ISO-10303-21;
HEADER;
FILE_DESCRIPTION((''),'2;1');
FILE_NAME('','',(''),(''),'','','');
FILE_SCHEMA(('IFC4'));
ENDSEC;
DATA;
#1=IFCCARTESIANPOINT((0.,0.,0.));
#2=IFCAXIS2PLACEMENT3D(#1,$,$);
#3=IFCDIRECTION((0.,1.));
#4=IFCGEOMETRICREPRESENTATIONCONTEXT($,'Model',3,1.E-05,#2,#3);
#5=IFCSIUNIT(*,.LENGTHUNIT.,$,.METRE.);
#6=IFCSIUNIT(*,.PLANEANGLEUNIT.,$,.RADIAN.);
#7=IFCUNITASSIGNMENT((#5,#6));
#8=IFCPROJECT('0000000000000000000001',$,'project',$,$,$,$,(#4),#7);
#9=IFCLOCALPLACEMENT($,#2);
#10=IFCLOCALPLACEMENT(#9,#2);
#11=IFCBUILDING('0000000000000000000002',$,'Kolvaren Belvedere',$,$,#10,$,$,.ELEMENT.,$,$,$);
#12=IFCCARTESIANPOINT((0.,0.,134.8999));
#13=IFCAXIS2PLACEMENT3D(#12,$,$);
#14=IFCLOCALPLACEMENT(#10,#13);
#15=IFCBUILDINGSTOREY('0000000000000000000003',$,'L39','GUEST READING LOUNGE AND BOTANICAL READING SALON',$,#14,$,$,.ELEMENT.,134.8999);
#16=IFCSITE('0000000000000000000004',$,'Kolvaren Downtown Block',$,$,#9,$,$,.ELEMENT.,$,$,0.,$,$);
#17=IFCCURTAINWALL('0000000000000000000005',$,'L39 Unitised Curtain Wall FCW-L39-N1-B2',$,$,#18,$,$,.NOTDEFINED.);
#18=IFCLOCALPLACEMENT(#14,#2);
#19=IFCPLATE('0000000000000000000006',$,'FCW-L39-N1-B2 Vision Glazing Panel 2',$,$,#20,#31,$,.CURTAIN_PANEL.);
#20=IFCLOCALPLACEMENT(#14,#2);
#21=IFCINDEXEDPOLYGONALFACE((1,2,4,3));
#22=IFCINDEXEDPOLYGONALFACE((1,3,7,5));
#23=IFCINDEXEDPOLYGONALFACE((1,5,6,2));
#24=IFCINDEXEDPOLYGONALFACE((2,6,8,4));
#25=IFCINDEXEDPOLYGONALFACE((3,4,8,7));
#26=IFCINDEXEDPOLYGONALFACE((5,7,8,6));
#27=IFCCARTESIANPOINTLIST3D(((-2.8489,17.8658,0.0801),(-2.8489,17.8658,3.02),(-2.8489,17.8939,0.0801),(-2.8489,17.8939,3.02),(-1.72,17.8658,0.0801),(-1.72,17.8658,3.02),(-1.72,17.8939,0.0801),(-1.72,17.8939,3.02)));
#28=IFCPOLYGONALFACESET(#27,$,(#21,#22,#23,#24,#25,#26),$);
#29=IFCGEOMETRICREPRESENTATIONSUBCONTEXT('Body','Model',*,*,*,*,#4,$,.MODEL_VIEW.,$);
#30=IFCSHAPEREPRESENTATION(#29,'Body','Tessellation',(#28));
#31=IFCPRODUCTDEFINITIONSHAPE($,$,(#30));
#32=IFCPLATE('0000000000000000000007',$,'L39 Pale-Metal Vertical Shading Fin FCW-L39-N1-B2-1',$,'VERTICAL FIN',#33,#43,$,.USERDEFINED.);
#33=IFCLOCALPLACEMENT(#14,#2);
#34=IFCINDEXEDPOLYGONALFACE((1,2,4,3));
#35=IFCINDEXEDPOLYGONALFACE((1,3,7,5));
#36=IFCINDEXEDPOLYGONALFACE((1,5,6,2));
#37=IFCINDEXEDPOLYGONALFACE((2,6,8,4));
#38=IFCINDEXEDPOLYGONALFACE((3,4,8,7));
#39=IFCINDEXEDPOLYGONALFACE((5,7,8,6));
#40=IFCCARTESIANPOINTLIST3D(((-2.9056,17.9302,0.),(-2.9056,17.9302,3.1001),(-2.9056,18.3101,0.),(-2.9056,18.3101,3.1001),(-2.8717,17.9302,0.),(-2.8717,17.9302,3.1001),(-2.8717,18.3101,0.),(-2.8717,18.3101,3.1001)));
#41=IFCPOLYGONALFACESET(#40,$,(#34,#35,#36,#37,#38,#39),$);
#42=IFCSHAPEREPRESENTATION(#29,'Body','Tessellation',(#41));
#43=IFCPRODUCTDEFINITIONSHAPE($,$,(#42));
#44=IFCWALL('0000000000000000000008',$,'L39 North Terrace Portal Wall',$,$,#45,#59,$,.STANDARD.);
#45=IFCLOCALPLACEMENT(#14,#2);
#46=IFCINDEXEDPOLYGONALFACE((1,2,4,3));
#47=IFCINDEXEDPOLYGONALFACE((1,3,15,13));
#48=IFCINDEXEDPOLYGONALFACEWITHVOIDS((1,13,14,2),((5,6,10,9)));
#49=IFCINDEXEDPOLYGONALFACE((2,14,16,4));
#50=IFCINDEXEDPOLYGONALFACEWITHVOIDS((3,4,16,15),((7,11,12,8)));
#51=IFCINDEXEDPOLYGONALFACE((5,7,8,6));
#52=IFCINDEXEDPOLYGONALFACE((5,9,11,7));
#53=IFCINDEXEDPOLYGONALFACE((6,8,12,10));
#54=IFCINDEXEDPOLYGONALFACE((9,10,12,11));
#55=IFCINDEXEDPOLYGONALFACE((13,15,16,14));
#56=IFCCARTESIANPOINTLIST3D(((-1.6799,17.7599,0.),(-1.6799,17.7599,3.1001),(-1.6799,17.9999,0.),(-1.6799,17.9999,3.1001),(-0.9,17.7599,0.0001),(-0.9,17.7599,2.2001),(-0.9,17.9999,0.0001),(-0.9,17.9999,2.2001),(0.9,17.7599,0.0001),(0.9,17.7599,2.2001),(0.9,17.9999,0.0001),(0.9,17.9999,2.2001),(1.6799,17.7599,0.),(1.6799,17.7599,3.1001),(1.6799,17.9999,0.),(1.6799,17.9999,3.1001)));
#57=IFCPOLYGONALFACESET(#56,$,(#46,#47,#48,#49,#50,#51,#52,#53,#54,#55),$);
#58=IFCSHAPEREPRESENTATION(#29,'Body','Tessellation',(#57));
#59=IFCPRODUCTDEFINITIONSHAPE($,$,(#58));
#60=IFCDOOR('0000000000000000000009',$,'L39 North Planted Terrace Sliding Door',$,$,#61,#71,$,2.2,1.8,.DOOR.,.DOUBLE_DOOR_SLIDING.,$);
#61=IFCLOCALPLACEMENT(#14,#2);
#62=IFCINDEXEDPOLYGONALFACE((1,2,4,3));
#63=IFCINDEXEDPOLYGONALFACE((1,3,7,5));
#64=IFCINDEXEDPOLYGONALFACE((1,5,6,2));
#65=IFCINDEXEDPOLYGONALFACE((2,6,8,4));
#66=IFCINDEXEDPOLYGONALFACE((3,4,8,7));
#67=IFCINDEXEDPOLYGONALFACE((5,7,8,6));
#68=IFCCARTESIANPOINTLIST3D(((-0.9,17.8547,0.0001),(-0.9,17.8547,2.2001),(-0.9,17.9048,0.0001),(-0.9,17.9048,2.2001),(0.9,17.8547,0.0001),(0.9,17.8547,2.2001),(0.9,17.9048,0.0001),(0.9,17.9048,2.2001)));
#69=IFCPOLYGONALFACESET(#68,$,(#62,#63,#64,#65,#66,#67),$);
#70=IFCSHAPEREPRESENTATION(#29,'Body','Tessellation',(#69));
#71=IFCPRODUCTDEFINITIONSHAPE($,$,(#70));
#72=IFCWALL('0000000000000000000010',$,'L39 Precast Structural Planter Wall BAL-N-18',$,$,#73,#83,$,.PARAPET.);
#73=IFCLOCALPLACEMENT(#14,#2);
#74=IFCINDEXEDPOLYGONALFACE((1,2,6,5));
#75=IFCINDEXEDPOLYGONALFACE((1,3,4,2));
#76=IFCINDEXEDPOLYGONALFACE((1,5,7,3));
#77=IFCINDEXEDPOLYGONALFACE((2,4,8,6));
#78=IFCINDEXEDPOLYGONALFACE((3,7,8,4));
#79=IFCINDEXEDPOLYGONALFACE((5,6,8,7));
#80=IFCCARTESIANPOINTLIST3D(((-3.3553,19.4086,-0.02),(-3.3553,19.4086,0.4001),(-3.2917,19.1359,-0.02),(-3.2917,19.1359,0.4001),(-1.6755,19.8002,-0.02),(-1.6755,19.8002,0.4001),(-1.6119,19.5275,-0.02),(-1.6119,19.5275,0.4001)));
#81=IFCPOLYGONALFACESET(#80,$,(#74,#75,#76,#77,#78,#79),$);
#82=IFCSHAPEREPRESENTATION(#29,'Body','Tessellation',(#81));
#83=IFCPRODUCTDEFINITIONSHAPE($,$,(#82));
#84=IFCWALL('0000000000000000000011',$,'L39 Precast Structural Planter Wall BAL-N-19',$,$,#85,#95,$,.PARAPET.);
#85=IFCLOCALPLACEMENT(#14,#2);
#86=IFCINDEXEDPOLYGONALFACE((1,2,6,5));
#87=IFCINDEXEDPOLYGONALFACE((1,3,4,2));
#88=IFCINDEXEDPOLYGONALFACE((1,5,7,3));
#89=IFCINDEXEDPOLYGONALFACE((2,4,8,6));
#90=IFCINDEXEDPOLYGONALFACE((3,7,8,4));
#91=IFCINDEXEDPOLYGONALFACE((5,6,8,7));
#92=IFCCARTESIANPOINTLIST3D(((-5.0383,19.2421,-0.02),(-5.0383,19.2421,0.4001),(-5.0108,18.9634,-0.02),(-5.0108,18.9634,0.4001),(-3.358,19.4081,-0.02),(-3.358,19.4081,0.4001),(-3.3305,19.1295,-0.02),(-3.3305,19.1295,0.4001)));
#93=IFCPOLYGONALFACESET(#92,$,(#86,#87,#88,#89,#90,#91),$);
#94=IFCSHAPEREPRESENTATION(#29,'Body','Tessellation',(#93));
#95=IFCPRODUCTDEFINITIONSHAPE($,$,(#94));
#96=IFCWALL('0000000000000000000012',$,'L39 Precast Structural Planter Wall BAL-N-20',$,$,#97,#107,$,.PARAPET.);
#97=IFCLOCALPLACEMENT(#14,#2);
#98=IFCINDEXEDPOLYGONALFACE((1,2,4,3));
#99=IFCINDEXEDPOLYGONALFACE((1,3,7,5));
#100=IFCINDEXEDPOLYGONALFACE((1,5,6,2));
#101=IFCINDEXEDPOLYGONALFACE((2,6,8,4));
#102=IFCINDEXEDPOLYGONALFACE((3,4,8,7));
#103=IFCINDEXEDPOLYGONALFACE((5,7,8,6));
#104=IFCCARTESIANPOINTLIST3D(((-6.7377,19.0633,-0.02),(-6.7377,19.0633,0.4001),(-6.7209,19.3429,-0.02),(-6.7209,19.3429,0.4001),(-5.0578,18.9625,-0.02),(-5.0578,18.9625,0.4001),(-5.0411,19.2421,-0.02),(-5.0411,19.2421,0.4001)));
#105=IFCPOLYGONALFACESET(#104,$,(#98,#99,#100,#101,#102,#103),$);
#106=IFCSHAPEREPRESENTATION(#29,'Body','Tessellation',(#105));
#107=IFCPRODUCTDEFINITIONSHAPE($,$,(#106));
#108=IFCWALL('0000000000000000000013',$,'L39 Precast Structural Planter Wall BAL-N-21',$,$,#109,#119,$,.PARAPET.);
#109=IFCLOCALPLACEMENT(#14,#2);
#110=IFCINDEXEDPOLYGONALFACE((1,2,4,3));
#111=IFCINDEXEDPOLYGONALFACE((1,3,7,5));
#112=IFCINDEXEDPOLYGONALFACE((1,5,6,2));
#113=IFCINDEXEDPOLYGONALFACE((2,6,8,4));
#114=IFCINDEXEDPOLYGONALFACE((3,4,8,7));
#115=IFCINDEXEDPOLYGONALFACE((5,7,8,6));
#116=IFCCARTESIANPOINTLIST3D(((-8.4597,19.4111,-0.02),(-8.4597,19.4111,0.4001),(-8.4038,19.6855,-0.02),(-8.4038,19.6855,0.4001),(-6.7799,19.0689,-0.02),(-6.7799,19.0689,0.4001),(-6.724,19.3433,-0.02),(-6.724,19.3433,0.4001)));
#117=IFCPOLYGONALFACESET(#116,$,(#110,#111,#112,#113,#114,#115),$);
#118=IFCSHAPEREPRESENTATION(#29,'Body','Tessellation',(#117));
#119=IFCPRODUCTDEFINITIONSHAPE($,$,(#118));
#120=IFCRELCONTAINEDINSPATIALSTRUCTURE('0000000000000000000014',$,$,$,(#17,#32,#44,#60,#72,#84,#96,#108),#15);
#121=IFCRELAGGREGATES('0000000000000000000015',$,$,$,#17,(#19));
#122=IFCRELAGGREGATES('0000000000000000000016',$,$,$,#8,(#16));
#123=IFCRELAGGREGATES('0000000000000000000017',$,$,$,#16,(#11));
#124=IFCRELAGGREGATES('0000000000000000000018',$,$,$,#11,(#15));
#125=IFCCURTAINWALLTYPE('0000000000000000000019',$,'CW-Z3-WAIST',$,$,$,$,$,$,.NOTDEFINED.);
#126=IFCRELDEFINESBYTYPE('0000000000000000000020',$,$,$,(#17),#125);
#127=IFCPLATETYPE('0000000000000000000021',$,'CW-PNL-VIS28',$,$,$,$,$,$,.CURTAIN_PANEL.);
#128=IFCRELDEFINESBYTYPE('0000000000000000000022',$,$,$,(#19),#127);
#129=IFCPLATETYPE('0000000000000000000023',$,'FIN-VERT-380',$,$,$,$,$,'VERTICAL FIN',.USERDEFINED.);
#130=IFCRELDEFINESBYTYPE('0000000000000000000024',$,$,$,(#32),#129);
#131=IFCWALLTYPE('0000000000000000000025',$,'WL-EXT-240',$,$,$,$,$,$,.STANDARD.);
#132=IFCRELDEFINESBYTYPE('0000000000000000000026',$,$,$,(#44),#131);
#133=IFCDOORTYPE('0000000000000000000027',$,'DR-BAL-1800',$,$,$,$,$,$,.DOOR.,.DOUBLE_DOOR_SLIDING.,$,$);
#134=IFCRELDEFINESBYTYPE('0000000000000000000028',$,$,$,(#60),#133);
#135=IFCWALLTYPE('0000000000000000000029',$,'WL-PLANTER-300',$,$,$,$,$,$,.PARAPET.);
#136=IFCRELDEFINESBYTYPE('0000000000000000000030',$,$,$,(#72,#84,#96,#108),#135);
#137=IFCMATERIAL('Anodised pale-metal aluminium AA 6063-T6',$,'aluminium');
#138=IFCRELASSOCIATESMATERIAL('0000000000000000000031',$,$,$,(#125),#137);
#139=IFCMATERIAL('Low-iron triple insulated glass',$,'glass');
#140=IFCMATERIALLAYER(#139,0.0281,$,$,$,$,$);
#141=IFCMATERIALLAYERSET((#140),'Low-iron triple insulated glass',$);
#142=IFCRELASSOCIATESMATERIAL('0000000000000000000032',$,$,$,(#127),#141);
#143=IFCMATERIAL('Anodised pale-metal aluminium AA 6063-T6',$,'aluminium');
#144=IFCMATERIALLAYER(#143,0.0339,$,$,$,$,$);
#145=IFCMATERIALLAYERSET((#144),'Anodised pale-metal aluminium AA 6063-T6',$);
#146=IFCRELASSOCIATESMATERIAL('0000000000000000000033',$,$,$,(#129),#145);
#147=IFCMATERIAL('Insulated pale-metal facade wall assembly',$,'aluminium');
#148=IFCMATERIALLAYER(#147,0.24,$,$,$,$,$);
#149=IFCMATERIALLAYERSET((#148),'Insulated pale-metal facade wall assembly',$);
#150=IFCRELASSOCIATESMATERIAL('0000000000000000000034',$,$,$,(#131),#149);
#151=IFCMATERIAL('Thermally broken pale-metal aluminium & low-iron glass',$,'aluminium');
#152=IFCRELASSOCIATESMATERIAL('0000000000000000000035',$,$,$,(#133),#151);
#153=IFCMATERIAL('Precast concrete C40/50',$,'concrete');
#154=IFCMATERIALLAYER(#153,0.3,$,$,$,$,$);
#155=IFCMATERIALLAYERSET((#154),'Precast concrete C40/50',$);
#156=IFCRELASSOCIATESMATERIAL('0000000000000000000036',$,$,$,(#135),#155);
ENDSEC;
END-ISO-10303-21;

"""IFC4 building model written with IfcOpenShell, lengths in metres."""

from ifc_helpers import new_model, si_unit, direction, frame, frame_2d, origin, origin_2d, place, context, subcontext, project, spatial, rectangle, extrude, material, layer, layer_set, type_object, element, fill, aggregate, save


model = new_model("IFC4")

# Units and contexts
model_context = context("Model", 3, precision=1e-05, world=origin(), true_north=direction((0.0, 1.0)))
body_context = subcontext(model_context, "Body", "Model", "MODEL_VIEW")
ifc_project = project(units=[si_unit("LENGTHUNIT", "METRE"), si_unit("PLANEANGLEUNIT", "RADIAN")], contexts=[model_context])

# Site, building, storey
site_placement = place(None, origin())
site = spatial("IfcSite", under=ifc_project, at=site_placement, Name="Kolvaren Downtown Block", CompositionType="ELEMENT", RefElevation=0.0)
building_placement = place(site_placement, origin())
building = spatial("IfcBuilding", under=site, at=building_placement, Name="Kolvaren Belvedere", CompositionType="ELEMENT")
storey_placement = place(building_placement, frame((0.0, 0.0, 134.8999)))
storey = spatial("IfcBuildingStorey", under=building, at=storey_placement, Name="L39", Description="GUEST READING LOUNGE AND BOTANICAL READING SALON", CompositionType="ELEMENT", Elevation=134.8999)

# Shared definitions
ifc_material_1 = material(Name="Anodised pale-metal aluminium AA 6063-T6", Category="aluminium")
curtain_wall_type = type_object("IfcCurtainWallType", Name="CW-Z3-WAIST", PredefinedType="NOTDEFINED", material=ifc_material_1)

# Curtain wall
curtain_wall_1_placement = place(storey_placement, origin())
curtain_wall_1 = element("IfcCurtainWall", 1, at=curtain_wall_1_placement, inside=storey, type_object=curtain_wall_type, Name="L39 Unitised Curtain Wall FCW-L39-N1-B2", PredefinedType="NOTDEFINED")

# Plates
ifc_material_2 = material(Name="Low-iron triple insulated glass", Category="glass")
ifc_layer_1 = layer(ifc_material_2, 0.0281)
ifc_layer_set_1 = layer_set([ifc_layer_1], Name="Low-iron triple insulated glass")
plate_type_1 = type_object("IfcPlateType", Name="CW-PNL-VIS28", PredefinedType="CURTAIN_PANEL", material=ifc_layer_set_1)
plate_1_placement = place(storey_placement, frame((-2.2844, 17.8799, 0.0801), z_axis=(0.0, 0.0, 1.0), x_axis=(1.0, 0.0, 0.0)))
plate_1 = element("IfcPlate", 2, at=plate_1_placement, type_object=plate_type_1, Name="FCW-L39-N1-B2 Vision Glazing Panel 2", PredefinedType="CURTAIN_PANEL", context=body_context, shape_type="SweptSolid", body=[
    extrude(rectangle(XDim=1.1289, YDim=0.0281, at=origin_2d()), origin(), (0.0, 0.0, 1.0), 2.9399),
])
aggregate(curtain_wall_1, [plate_1])
ifc_material_3 = material(Name="Anodised pale-metal aluminium AA 6063-T6", Category="aluminium")
ifc_layer_2 = layer(ifc_material_3, 0.0339)
ifc_layer_set_2 = layer_set([ifc_layer_2], Name="Anodised pale-metal aluminium AA 6063-T6")
plate_type_2 = type_object("IfcPlateType", Name="FIN-VERT-380", ElementType="VERTICAL FIN", PredefinedType="USERDEFINED", material=ifc_layer_set_2)
plate_2_placement = place(storey_placement, frame((-2.8887, 18.1201, 0.0), z_axis=(0.0, 0.0, 1.0), x_axis=(0.0, 1.0, 0.0)))
element("IfcPlate", 3, at=plate_2_placement, inside=storey, type_object=plate_type_2, Name="L39 Pale-Metal Vertical Shading Fin FCW-L39-N1-B2-1", ObjectType="VERTICAL FIN", PredefinedType="USERDEFINED", context=body_context, shape_type="SweptSolid", body=[
    extrude(rectangle(XDim=0.3799, YDim=0.0339, at=origin_2d()), origin(), (0.0, 0.0, 1.0), 3.1001),
])

# Wall, opening, door
ifc_material_4 = material(Name="Insulated pale-metal facade wall assembly", Category="aluminium")
ifc_layer_3 = layer(ifc_material_4, 0.24)
ifc_layer_set_3 = layer_set([ifc_layer_3], Name="Insulated pale-metal facade wall assembly")
wall_type_1 = type_object("IfcWallType", Name="WL-EXT-240", PredefinedType="STANDARD", material=ifc_layer_set_3)
wall_1_placement = place(storey_placement, frame((-1.6799, 17.8799, 0.0), z_axis=(0.0, 0.0, 1.0), x_axis=(1.0, 0.0, 0.0)))
wall_1 = element("IfcWall", 4, at=wall_1_placement, inside=storey, type_object=wall_type_1, Name="L39 North Terrace Portal Wall", PredefinedType="STANDARD", context=body_context, shape_type="SweptSolid", body=[
    extrude(rectangle(XDim=3.3599, YDim=0.24, at=frame_2d((1.6799, 0.0))), origin(), (0.0, 0.0, 1.0), 3.1001),
])
opening_placement = place(wall_1_placement, frame((0.78, 0.0, 0.0)))
opening = element("IfcOpeningElement", 5, at=opening_placement, cuts=wall_1, PredefinedType="OPENING", context=body_context, shape_type="SweptSolid", body=[
    extrude(rectangle(XDim=1.8, YDim=2.2, at=frame_2d((0.8999, 1.1001))), frame((0.0, 0.1299, 0.0), z_axis=(0.0, -1.0, 0.0), x_axis=(1.0, 0.0, 0.0)), (0.0, 0.0, 1.0), 0.26),
])
ifc_material_5 = material(Name="Thermally broken pale-metal aluminium & low-iron glass", Category="aluminium")
door_type = type_object("IfcDoorType", Name="DR-BAL-1800", OperationType="DOUBLE_DOOR_SLIDING", PredefinedType="DOOR", material=ifc_material_5)
door_placement = place(opening_placement, origin())
door = element("IfcDoor", 6, at=door_placement, inside=storey, type_object=door_type, Name="L39 North Planted Terrace Sliding Door", OperationType="DOUBLE_DOOR_SLIDING", OverallHeight=2.2, OverallWidth=1.8, PredefinedType="DOOR", context=body_context, shape_type="SweptSolid", body=[
    extrude(rectangle(XDim=1.8, YDim=2.2, at=frame_2d((0.8999, 1.1001))), frame((0.0, 0.0249, 0.0), z_axis=(0.0, -1.0, 0.0), x_axis=(1.0, 0.0, 0.0)), (0.0, 0.0, 1.0), 0.05),
])
fill(opening, door)

# Walls
ifc_material_6 = material(Name="Precast concrete C40/50", Category="concrete")
ifc_layer_4 = layer(ifc_material_6, 0.3)
ifc_layer_set_4 = layer_set([ifc_layer_4], Name="Precast concrete C40/50")
wall_type_2 = type_object("IfcWallType", Name="WL-PLANTER-300", PredefinedType="PARAPET", material=ifc_layer_set_4)
wall_2_placement = place(storey_placement, frame((-1.6438, 19.6638, -0.02), z_axis=(0.0, 0.0, 1.0), x_axis=(-0.97389, -0.227019, 0.0)))
element("IfcWall", 7, at=wall_2_placement, inside=storey, type_object=wall_type_2, Name="L39 Precast Structural Planter Wall BAL-N-18", PredefinedType="PARAPET", context=body_context, shape_type="SweptSolid", body=[
    extrude(rectangle(XDim=1.7249, YDim=0.28, at=frame_2d((0.8623, 0.0))), origin(), (0.0, 0.0, 1.0), 0.4202),
])
wall_3_placement = place(storey_placement, frame((-3.3442, 19.2688, -0.02), z_axis=(0.0, 0.0, 1.0), x_axis=(-0.995154, -0.09833, 0.0)))
element("IfcWall", 8, at=wall_3_placement, inside=storey, type_object=wall_type_2, Name="L39 Precast Structural Planter Wall BAL-N-19", PredefinedType="PARAPET", context=body_context, shape_type="SweptSolid", body=[
    extrude(rectangle(XDim=1.6885, YDim=0.28, at=frame_2d((0.8442, 0.0))), origin(), (0.0, 0.0, 1.0), 0.4202),
])
wall_4_placement = place(storey_placement, frame((-5.0496, 19.1023, -0.02), z_axis=(0.0, 0.0, 1.0), x_axis=(-0.998204, 0.059913, 0.0)))
element("IfcWall", 9, at=wall_4_placement, inside=storey, type_object=wall_type_2, Name="L39 Precast Structural Planter Wall BAL-N-20", PredefinedType="PARAPET", context=body_context, shape_type="SweptSolid", body=[
    extrude(rectangle(XDim=1.6829, YDim=0.28, at=frame_2d((0.8413, 0.0))), origin(), (0.0, 0.0, 1.0), 0.4202),
])
wall_5_placement = place(storey_placement, frame((-6.752, 19.2061, -0.02), z_axis=(0.0, 0.0, 1.0), x_axis=(-0.979868, 0.199648, 0.0)))
element("IfcWall", 10, at=wall_5_placement, inside=storey, type_object=wall_type_2, Name="L39 Precast Structural Planter Wall BAL-N-21", PredefinedType="PARAPET", context=body_context, shape_type="SweptSolid", body=[
    extrude(rectangle(XDim=1.7144, YDim=0.28, at=frame_2d((0.8572, 0.0))), origin(), (0.0, 0.0, 1.0), 0.4202),
])

save(model, "model.ifc")
